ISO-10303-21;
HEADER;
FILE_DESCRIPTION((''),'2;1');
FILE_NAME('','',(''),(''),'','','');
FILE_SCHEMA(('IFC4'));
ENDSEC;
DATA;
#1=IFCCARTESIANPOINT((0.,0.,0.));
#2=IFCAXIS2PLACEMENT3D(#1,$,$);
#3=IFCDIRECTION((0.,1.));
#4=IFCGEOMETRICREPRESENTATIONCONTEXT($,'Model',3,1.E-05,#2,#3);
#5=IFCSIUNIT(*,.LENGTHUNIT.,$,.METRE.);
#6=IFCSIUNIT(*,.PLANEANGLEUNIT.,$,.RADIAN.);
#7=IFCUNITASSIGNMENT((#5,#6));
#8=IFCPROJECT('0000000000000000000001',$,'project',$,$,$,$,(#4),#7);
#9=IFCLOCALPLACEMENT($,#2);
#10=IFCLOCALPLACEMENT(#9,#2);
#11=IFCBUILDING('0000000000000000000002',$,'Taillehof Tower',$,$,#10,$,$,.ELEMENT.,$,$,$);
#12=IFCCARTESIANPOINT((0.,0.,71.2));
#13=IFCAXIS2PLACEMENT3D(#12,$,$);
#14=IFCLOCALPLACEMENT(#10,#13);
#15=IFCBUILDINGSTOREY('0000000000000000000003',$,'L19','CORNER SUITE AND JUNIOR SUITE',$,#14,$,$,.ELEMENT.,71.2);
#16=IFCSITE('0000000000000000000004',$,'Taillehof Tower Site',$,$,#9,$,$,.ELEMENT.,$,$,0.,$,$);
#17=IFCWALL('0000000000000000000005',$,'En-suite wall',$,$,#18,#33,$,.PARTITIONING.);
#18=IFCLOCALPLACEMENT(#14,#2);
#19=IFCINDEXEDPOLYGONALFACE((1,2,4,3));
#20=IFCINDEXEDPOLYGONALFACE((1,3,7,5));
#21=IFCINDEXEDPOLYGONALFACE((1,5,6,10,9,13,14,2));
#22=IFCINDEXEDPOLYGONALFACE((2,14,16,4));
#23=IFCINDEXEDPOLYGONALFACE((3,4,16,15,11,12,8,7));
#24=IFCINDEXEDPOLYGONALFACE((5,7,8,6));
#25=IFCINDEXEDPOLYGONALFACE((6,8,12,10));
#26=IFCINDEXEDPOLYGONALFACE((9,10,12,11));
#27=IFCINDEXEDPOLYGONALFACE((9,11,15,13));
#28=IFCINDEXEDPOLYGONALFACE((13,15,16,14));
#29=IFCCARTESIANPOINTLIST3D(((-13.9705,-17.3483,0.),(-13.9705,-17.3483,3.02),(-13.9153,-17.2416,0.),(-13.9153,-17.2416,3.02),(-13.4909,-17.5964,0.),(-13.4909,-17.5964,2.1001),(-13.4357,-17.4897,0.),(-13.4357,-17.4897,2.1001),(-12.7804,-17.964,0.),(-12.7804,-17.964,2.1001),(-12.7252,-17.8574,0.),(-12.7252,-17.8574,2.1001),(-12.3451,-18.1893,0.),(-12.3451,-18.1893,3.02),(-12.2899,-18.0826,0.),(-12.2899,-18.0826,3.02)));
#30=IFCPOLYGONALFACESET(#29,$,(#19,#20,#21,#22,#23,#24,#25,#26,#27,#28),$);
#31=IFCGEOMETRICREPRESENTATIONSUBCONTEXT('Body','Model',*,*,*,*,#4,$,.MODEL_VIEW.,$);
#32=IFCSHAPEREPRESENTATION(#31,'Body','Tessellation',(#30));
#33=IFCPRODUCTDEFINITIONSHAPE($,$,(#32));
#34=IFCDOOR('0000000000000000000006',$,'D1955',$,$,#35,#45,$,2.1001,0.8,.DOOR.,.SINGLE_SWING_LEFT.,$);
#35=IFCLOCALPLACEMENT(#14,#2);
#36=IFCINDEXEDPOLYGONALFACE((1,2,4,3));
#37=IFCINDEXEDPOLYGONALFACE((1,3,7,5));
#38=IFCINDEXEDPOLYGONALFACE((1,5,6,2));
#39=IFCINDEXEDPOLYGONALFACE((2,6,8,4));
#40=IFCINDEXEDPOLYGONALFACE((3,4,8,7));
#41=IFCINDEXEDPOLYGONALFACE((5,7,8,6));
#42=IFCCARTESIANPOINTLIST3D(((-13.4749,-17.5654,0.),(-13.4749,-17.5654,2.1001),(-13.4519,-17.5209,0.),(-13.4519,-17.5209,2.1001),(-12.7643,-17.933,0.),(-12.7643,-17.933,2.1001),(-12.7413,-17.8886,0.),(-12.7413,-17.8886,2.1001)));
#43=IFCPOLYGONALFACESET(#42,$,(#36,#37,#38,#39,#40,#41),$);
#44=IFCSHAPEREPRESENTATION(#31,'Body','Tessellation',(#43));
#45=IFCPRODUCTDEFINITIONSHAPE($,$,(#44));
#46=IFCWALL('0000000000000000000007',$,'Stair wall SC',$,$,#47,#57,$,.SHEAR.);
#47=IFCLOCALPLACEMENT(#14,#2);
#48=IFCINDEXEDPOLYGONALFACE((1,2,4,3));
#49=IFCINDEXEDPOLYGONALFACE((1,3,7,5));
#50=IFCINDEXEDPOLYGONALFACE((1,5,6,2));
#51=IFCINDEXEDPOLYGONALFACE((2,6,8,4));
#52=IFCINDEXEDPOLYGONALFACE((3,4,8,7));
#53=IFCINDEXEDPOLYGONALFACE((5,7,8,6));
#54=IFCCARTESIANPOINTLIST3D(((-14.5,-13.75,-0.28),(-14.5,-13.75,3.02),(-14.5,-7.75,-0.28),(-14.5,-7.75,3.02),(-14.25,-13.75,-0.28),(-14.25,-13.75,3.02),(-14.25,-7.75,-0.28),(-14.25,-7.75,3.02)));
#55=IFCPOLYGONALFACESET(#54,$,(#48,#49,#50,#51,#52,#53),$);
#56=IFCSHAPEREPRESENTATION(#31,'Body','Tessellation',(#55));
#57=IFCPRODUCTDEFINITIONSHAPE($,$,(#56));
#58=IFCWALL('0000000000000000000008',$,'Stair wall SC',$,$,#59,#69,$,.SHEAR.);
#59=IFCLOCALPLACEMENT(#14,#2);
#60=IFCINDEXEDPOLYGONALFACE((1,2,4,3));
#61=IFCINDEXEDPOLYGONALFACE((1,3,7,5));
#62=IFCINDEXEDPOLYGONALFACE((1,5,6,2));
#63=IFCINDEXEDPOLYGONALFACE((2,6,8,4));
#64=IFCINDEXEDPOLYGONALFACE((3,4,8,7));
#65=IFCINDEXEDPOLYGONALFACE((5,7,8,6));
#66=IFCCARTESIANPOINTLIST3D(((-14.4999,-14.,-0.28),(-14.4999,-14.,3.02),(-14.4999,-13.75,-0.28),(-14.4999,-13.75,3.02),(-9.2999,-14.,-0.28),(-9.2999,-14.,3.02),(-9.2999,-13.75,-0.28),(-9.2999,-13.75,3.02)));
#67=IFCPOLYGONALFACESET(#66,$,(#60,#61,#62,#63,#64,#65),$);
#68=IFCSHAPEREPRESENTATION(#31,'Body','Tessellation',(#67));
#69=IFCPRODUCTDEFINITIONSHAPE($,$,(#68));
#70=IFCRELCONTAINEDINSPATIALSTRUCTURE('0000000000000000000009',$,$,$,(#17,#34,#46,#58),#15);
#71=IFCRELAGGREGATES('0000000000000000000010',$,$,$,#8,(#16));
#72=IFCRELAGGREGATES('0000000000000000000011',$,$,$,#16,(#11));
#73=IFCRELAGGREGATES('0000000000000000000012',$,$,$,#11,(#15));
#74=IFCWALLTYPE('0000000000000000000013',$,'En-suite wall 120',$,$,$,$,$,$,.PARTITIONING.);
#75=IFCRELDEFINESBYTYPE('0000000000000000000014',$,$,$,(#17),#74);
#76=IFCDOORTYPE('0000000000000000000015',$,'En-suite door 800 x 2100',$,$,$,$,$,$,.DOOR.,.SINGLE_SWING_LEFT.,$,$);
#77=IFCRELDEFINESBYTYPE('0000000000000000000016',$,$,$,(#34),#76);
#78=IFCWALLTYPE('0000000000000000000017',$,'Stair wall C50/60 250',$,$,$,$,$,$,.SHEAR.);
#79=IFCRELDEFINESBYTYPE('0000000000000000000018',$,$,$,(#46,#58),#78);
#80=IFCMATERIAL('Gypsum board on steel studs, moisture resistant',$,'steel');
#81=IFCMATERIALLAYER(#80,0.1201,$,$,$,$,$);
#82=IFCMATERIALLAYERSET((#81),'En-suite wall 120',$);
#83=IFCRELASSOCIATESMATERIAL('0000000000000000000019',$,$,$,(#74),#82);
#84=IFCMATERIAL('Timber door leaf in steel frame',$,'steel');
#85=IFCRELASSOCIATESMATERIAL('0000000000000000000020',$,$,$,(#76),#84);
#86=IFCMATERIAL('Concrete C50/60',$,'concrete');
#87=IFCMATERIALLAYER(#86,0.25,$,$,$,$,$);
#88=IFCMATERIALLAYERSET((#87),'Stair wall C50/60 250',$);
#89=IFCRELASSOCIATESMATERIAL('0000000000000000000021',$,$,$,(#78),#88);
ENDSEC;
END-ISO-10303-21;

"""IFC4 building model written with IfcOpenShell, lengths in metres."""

from ifc_helpers import new_model, si_unit, direction, frame, frame_2d, origin, place, context, subcontext, project, spatial, rectangle, extrude, material, layer, layer_set, type_object, element, fill, save


model = new_model("IFC4")

# Units and contexts
model_context = context("Model", 3, precision=1e-05, world=origin(), true_north=direction((0.0, 1.0)))
body_context = subcontext(model_context, "Body", "Model", "MODEL_VIEW")
ifc_project = project(units=[si_unit("LENGTHUNIT", "METRE"), si_unit("PLANEANGLEUNIT", "RADIAN")], contexts=[model_context])

# Site, building, storey
site_placement = place(None, origin())
site = spatial("IfcSite", under=ifc_project, at=site_placement, Name="Taillehof Tower Site", CompositionType="ELEMENT", RefElevation=0.0)
building_placement = place(site_placement, origin())
building = spatial("IfcBuilding", under=site, at=building_placement, Name="Taillehof Tower", CompositionType="ELEMENT")
storey_placement = place(building_placement, frame((0.0, 0.0, 71.2)))
storey = spatial("IfcBuildingStorey", under=building, at=storey_placement, Name="L19", Description="CORNER SUITE AND JUNIOR SUITE", CompositionType="ELEMENT", Elevation=71.2)

# Wall, opening, door
ifc_material_1 = material(Name="Gypsum board on steel studs, moisture resistant", Category="steel")
ifc_layer_1 = layer(ifc_material_1, 0.1201)
ifc_layer_set_1 = layer_set([ifc_layer_1], Name="En-suite wall 120")
wall_type_1 = type_object("IfcWallType", Name="En-suite wall 120", PredefinedType="PARTITIONING", material=ifc_layer_set_1)
wall_1_placement = place(storey_placement, frame((-13.9429, -17.2949, 0.0), z_axis=(0.0, 0.0, 1.0), x_axis=(0.888152, -0.45955, 0.0)))
wall_1 = element("IfcWall", 1, at=wall_1_placement, inside=storey, type_object=wall_type_1, Name="En-suite wall", PredefinedType="PARTITIONING", context=body_context, shape_type="SweptSolid", body=[
    extrude(rectangle(XDim=1.8301, YDim=0.1201, at=frame_2d((0.915, 0.0))), origin(), (0.0, 0.0, 1.0), 3.02),
])
opening_1_placement = place(wall_1_placement, frame((0.54, 0.0, 0.0)))
opening_1 = element("IfcOpeningElement", 2, at=opening_1_placement, cuts=wall_1, PredefinedType="OPENING", context=body_context, shape_type="SweptSolid", body=[
    extrude(rectangle(XDim=0.8, YDim=2.1001, at=frame_2d((0.3999, 1.05))), frame((0.0, 0.0701, 0.0), z_axis=(0.0, -1.0, 0.0), x_axis=(1.0, 0.0, 0.0)), (0.0, 0.0, 1.0), 0.1401),
])
ifc_material_2 = material(Name="Timber door leaf in steel frame", Category="steel")
door_type = type_object("IfcDoorType", Name="En-suite door 800 x 2100", OperationType="SINGLE_SWING_LEFT", PredefinedType="DOOR", material=ifc_material_2)
door_placement = place(opening_1_placement, origin())
door = element("IfcDoor", 3, at=door_placement, inside=storey, type_object=door_type, Name="D1955", OperationType="SINGLE_SWING_LEFT", OverallHeight=2.1001, OverallWidth=0.8, PredefinedType="DOOR", context=body_context, shape_type="SweptSolid", body=[
    extrude(rectangle(XDim=0.8, YDim=2.1001, at=frame_2d((0.3999, 1.05))), frame((0.0, 0.0249, 0.0), z_axis=(0.0, -1.0, 0.0), x_axis=(1.0, 0.0, 0.0)), (0.0, 0.0, 1.0), 0.05),
])
fill(opening_1, door)

# Walls
ifc_material_3 = material(Name="Concrete C50/60", Category="concrete")
ifc_layer_2 = layer(ifc_material_3, 0.25)
ifc_layer_set_2 = layer_set([ifc_layer_2], Name="Stair wall C50/60 250")
wall_type_2 = type_object("IfcWallType", Name="Stair wall C50/60 250", PredefinedType="SHEAR", material=ifc_layer_set_2)
wall_2_placement = place(storey_placement, frame((-14.375, -13.75, -0.28), z_axis=(0.0, 0.0, 1.0), x_axis=(0.0, 1.0, 0.0)))
element("IfcWall", 4, at=wall_2_placement, inside=storey, type_object=wall_type_2, Name="Stair wall SC", PredefinedType="SHEAR", context=body_context, shape_type="SweptSolid", body=[
    extrude(rectangle(XDim=6.0, YDim=0.25, at=frame_2d((3.0, 0.0))), origin(), (0.0, 0.0, 1.0), 3.3),
])
wall_3_placement = place(storey_placement, frame((-14.5, -13.875, -0.28), z_axis=(0.0, 0.0, 1.0), x_axis=(1.0, 0.0, 0.0)))
element("IfcWall", 5, at=wall_3_placement, inside=storey, type_object=wall_type_2, Name="Stair wall SC", PredefinedType="SHEAR", context=body_context, shape_type="SweptSolid", body=[
    extrude(rectangle(XDim=5.2, YDim=0.25, at=frame_2d((2.6001, 0.0))), origin(), (0.0, 0.0, 1.0), 3.3),
])

save(model, "model.ifc")
